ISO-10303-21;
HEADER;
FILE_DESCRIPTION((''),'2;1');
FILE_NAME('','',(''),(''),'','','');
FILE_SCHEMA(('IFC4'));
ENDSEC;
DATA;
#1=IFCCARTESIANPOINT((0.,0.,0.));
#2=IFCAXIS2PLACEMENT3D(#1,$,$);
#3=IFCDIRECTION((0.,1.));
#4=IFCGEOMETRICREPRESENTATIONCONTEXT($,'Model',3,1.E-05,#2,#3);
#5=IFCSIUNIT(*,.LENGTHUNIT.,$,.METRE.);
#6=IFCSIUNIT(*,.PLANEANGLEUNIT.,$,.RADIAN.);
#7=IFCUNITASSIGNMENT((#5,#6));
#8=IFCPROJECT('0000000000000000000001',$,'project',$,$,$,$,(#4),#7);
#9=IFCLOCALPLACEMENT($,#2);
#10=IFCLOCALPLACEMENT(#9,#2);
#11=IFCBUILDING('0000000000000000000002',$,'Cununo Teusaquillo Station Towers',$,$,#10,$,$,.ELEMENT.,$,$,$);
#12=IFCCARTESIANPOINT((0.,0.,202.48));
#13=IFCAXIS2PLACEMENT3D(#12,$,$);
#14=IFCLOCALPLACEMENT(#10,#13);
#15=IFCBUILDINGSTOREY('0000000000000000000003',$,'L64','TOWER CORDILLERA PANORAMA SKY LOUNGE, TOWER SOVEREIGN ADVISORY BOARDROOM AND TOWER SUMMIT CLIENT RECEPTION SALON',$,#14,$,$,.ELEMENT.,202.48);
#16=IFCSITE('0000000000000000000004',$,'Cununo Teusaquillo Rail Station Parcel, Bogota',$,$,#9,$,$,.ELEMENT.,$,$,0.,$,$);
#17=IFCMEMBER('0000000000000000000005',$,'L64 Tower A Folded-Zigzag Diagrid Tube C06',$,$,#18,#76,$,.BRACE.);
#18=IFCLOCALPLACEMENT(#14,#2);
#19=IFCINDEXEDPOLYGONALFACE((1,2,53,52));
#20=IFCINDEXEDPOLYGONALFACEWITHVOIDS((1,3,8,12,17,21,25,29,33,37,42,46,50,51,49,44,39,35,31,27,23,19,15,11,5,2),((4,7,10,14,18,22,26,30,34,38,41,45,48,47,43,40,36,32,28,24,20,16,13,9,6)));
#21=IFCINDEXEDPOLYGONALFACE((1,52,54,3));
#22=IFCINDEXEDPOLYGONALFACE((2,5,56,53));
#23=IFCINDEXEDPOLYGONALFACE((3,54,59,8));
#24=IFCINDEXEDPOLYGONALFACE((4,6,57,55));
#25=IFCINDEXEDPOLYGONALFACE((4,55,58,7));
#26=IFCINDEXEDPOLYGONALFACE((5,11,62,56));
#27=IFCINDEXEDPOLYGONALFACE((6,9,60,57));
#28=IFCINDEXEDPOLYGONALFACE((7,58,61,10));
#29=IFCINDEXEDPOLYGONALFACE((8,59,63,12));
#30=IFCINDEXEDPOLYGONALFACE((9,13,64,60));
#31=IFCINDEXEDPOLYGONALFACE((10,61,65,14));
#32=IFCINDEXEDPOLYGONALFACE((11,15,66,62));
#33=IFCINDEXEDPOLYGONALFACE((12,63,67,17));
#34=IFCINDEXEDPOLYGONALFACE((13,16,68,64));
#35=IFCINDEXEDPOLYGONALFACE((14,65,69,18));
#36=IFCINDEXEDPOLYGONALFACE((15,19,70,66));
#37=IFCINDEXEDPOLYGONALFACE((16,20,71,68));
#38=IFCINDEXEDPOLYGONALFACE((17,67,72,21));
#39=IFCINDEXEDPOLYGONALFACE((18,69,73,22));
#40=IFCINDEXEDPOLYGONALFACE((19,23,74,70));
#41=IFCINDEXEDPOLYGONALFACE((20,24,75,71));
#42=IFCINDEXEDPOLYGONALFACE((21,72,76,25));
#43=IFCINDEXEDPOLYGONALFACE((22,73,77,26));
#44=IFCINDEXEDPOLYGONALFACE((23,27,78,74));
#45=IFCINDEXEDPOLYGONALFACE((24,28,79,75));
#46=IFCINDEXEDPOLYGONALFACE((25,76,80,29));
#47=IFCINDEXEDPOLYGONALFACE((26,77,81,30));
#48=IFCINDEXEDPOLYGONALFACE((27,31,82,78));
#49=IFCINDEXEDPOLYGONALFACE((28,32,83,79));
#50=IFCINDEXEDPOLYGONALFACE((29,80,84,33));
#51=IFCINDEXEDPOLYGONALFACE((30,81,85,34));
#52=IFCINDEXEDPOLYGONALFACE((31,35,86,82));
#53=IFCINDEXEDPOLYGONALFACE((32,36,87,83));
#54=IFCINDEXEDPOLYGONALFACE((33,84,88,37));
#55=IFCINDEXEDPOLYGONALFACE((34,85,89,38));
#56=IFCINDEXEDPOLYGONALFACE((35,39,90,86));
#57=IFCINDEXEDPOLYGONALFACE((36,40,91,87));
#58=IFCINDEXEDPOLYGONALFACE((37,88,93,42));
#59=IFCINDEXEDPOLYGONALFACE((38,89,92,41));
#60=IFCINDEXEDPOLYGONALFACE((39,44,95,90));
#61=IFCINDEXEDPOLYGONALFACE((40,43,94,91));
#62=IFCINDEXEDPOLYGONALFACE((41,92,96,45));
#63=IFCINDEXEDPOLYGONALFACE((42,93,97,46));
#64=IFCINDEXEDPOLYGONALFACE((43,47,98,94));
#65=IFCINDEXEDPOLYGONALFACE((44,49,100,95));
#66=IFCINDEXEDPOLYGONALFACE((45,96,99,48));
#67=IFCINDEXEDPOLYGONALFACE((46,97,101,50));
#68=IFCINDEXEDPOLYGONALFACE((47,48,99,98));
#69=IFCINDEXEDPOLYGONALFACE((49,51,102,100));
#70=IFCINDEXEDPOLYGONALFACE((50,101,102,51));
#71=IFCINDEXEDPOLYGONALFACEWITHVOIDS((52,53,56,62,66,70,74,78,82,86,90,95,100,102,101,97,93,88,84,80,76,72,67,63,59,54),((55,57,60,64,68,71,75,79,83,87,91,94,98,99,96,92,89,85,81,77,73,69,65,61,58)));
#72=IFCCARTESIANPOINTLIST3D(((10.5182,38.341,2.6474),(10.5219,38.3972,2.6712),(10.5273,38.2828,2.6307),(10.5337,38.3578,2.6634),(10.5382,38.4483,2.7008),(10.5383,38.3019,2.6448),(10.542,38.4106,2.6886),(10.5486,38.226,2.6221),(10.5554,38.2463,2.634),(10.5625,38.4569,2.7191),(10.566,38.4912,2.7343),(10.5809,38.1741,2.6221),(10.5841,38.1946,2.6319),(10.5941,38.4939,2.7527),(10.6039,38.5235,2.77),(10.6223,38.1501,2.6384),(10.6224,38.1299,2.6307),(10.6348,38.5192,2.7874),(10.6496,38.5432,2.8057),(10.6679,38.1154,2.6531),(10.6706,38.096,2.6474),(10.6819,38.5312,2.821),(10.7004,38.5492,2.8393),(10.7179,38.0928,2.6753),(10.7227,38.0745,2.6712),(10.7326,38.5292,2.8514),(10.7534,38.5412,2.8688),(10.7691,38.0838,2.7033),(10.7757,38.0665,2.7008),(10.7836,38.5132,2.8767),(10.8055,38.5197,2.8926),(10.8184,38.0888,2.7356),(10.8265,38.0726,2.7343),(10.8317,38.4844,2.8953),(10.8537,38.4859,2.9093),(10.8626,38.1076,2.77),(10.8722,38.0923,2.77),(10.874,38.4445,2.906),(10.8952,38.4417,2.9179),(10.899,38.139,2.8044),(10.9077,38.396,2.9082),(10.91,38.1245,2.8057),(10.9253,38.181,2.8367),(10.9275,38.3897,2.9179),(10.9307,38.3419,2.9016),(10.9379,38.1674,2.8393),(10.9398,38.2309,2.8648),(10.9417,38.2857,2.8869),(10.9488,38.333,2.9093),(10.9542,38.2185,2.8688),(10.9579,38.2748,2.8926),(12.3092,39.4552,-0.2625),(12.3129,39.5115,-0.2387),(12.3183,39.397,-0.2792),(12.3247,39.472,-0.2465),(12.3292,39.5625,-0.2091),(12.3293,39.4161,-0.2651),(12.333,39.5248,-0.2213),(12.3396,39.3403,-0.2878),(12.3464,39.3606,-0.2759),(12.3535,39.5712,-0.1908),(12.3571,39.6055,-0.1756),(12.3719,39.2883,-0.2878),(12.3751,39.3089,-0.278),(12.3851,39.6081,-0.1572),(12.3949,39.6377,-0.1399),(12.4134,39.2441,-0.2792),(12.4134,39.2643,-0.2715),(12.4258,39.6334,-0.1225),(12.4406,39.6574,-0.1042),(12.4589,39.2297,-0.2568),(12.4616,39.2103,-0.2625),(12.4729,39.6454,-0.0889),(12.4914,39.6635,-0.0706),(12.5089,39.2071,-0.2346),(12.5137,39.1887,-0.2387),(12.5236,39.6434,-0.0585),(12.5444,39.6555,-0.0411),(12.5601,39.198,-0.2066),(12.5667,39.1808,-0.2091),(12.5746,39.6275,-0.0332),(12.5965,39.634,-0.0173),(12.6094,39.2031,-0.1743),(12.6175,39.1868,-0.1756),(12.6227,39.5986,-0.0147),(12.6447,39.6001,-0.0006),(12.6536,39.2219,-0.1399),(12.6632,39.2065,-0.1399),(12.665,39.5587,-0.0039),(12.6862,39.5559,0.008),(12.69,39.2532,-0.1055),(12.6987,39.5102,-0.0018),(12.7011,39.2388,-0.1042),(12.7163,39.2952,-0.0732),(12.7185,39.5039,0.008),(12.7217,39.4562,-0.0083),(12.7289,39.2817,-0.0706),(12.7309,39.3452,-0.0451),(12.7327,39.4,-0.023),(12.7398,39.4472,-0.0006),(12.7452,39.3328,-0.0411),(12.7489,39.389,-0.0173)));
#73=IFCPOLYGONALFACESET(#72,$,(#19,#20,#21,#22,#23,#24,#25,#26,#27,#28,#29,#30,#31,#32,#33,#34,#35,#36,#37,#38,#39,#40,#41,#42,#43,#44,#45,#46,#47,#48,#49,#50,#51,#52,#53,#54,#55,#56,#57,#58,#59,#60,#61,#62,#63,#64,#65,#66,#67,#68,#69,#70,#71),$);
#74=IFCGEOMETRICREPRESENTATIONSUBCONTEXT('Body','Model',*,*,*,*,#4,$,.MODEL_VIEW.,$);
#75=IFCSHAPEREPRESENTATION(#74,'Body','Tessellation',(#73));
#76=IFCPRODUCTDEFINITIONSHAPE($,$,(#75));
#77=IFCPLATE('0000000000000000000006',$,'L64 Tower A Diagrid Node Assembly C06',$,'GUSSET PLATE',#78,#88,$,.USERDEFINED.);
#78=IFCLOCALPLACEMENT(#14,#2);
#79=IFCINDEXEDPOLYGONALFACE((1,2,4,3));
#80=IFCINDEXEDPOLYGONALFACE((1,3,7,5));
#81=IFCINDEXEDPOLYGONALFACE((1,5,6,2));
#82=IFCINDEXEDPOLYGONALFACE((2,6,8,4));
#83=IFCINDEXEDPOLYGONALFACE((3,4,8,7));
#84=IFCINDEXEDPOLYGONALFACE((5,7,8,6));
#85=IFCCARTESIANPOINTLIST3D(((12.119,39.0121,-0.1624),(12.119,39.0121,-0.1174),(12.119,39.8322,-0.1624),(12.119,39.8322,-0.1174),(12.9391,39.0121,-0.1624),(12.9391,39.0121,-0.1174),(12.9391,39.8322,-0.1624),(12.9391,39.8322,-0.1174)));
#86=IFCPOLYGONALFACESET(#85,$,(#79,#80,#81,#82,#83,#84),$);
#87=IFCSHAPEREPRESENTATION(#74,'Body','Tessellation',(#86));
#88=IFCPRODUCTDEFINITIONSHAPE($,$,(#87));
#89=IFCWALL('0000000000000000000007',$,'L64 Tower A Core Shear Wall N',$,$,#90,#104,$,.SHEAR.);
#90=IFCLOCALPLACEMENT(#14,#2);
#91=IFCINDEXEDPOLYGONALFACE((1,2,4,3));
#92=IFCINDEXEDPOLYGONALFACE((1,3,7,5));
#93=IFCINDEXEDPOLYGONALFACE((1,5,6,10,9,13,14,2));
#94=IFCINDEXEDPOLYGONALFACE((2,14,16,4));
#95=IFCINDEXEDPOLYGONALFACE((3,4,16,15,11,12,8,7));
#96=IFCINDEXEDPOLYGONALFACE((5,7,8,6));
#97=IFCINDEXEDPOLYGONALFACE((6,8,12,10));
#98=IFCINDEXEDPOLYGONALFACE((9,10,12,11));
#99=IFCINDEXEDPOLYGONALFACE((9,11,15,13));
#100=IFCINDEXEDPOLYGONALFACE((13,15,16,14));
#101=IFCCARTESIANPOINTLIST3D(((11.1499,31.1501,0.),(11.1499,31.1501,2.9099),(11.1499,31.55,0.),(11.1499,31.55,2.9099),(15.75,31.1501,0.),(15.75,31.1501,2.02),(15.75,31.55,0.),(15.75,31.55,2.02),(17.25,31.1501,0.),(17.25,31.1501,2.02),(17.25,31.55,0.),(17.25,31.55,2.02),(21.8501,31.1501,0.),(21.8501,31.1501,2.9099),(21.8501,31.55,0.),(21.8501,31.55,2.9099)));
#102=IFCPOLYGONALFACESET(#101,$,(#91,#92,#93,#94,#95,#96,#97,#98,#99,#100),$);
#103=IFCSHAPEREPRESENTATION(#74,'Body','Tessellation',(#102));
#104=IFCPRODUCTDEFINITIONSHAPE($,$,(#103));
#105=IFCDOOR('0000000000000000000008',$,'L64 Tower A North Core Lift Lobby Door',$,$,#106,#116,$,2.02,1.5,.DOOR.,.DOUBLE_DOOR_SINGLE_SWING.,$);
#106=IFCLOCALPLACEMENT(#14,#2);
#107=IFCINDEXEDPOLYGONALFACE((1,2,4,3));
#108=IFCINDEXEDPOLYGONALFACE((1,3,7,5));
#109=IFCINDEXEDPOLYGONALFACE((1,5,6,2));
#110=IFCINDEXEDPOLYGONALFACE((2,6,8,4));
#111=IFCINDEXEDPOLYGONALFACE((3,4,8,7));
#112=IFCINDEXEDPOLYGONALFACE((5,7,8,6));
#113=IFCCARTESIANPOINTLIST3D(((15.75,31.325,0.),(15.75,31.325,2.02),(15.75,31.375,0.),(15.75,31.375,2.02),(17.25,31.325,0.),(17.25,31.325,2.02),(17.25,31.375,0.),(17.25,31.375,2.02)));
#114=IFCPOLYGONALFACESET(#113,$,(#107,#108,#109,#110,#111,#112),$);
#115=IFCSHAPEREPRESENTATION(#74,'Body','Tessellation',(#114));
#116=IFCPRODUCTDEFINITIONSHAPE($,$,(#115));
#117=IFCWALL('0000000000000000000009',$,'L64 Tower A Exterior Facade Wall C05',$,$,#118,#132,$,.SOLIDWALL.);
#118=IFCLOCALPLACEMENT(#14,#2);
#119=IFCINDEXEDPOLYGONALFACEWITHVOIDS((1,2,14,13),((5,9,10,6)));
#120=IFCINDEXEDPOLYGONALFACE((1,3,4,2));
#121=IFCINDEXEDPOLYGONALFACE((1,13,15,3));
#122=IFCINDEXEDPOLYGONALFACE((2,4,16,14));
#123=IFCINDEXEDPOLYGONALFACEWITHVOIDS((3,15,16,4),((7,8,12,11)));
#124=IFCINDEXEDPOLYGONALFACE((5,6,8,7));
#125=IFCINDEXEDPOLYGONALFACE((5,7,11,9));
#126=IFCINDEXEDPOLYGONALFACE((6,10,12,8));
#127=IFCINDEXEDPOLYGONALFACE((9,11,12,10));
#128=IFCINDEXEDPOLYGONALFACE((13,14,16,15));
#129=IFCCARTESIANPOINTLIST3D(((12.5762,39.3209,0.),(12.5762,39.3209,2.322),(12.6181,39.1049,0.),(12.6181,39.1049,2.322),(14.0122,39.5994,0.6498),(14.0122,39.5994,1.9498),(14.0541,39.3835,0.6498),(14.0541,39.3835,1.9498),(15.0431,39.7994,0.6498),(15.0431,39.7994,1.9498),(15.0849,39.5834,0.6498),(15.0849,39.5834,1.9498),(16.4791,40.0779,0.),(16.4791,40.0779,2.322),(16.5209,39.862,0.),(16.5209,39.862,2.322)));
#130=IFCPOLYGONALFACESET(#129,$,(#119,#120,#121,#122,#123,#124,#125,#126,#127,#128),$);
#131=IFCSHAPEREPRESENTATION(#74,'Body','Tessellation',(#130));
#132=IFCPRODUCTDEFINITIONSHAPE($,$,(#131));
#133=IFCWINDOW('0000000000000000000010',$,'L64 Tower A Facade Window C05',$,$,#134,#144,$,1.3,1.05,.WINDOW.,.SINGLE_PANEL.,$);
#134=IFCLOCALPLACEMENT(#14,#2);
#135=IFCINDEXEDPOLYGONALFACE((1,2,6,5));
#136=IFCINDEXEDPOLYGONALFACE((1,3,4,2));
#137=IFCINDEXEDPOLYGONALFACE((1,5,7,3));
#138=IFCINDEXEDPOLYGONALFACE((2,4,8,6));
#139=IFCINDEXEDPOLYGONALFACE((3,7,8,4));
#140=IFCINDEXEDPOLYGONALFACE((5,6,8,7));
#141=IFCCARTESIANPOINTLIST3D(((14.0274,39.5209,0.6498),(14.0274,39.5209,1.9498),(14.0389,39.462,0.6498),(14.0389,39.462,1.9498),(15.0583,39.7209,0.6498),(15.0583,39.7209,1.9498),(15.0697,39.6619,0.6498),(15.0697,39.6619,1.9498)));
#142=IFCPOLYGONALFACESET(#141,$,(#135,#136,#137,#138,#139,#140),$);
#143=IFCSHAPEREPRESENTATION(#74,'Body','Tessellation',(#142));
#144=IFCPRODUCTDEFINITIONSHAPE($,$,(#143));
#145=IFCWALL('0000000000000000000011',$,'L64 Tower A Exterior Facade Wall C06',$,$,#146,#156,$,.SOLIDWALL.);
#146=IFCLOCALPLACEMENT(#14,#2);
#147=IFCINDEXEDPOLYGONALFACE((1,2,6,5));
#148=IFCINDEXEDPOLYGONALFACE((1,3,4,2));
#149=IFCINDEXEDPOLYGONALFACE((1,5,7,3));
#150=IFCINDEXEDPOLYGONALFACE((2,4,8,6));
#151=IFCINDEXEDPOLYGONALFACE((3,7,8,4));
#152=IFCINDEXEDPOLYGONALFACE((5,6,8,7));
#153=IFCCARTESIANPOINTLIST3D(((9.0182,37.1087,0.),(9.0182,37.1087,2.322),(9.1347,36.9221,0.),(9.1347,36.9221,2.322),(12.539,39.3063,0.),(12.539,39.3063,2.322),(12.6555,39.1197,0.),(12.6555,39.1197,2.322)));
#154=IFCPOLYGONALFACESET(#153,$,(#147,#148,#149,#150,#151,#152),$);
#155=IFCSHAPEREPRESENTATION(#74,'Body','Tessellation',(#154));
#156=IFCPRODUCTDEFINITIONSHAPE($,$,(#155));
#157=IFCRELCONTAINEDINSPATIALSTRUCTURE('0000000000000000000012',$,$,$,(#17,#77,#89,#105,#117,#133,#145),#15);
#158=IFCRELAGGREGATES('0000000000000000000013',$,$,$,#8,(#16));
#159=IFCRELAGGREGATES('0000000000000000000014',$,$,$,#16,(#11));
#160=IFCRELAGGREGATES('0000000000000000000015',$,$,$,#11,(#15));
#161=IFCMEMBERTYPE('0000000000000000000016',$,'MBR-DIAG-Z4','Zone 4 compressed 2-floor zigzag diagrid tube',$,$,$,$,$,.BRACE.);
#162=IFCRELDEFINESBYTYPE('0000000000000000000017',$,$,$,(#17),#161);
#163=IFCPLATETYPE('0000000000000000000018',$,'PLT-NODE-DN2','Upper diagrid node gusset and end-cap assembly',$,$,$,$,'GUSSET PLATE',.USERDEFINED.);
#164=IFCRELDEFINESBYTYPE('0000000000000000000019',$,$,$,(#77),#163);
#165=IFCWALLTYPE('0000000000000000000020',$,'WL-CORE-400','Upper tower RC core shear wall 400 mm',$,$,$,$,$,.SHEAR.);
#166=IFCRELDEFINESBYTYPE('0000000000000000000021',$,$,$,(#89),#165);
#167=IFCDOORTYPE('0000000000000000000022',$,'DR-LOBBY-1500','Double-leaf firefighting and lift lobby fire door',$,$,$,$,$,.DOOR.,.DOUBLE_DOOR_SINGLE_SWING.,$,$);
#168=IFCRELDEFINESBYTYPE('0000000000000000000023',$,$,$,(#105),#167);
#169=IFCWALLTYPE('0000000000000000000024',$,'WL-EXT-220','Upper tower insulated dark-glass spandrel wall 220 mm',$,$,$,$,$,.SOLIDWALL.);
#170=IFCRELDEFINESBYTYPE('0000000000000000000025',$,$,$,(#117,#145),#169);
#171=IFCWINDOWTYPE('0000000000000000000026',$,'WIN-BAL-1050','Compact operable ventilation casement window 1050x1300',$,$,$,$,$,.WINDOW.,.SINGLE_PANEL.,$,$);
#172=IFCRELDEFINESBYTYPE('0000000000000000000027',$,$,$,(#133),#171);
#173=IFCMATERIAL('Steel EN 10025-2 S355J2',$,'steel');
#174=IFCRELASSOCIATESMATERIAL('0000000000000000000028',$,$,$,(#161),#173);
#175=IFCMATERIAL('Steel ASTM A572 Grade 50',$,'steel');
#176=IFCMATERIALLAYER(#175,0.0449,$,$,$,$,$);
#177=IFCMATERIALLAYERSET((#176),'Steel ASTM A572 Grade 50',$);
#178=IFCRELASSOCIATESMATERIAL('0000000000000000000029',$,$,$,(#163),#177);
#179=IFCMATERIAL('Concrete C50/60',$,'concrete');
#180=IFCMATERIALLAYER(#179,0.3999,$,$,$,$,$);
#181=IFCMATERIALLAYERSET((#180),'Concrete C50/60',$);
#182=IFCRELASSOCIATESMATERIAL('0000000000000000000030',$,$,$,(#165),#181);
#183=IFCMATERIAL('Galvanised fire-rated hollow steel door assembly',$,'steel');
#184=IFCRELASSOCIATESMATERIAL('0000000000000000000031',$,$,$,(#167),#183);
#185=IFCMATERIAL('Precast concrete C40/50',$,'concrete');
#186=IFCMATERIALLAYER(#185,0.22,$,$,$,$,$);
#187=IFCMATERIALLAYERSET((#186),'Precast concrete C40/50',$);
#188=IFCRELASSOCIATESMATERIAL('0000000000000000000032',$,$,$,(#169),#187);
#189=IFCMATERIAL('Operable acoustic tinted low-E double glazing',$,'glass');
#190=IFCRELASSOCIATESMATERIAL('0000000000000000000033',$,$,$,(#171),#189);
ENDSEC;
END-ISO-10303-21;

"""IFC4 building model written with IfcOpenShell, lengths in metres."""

from ifc_helpers import new_model, si_unit, direction, frame, frame_2d, origin, origin_2d, place, context, subcontext, project, spatial, rectangle, hollow_circle, extrude, source, transform, mapped, material, layer, layer_set, material_profile, profile_set, type_object, element, fill, save


model = new_model("IFC4")

# Units and contexts
model_context = context("Model", 3, precision=1e-05, world=origin(), true_north=direction((0.0, 1.0)))
body_context = subcontext(model_context, "Body", "Model", "MODEL_VIEW")
ifc_project = project(units=[si_unit("LENGTHUNIT", "METRE"), si_unit("PLANEANGLEUNIT", "RADIAN")], contexts=[model_context])

# Site, building, storey
site_placement = place(None, origin())
site = spatial("IfcSite", under=ifc_project, at=site_placement, Name="Cununo Teusaquillo Rail Station Parcel, Bogota", CompositionType="ELEMENT", RefElevation=0.0)
building_placement = place(site_placement, origin())
building = spatial("IfcBuilding", under=site, at=building_placement, Name="Cununo Teusaquillo Station Towers", CompositionType="ELEMENT")
storey_placement = place(building_placement, frame((0.0, 0.0, 202.48)))
storey = spatial("IfcBuildingStorey", under=building, at=storey_placement, Name="L64", Description="TOWER CORDILLERA PANORAMA SKY LOUNGE, TOWER SOVEREIGN ADVISORY BOARDROOM AND TOWER SUMMIT CLIENT RECEPTION SALON", CompositionType="ELEMENT", Elevation=202.48)

# Member
ifc_material_1 = material(Name="Steel EN 10025-2 S355J2", Category="steel")
ifc_material_profile_1 = material_profile(ifc_material_1, hollow_circle(Radius=0.2539, WallThickness=0.0181, at=origin_2d()), Name="CHS 508x18")
ifc_profile_set_1 = profile_set([ifc_material_profile_1], Name="Steel EN 10025-2 S355J2")
member_type = type_object("IfcMemberType", Name="MBR-DIAG-Z4", Description="Zone 4 compressed 2-floor zigzag diagrid tube", PredefinedType="BRACE", material=ifc_profile_set_1)
member_placement = place(storey_placement, frame((12.5291, 39.4221, -0.1399), z_axis=(-0.498334, -0.310032, 0.809656), x_axis=(0.52825, -0.849089, 0.0)))
element("IfcMember", 1, at=member_placement, inside=storey, type_object=member_type, Name="L64 Tower A Folded-Zigzag Diagrid Tube C06", PredefinedType="BRACE", context=body_context, shape_type="SweptSolid", body=[
    extrude(hollow_circle(Radius=0.2539, WallThickness=0.0181, at=origin_2d()), origin(), (0.0, 0.0, 1.0), 3.594),
])

# Plate
ifc_material_2 = material(Name="Steel ASTM A572 Grade 50", Category="steel")
ifc_layer_1 = layer(ifc_material_2, 0.0449)
ifc_layer_set_1 = layer_set([ifc_layer_1], Name="Steel ASTM A572 Grade 50")
plate_type = type_object("IfcPlateType", Name="PLT-NODE-DN2", Description="Upper diagrid node gusset and end-cap assembly", ElementType="GUSSET PLATE", PredefinedType="USERDEFINED", material=ifc_layer_set_1)
shared_shape_1 = source(origin(), body_context, "Body", "SweptSolid", [
    extrude(rectangle(XDim=0.8201, YDim=0.8201, at=origin_2d()), origin(), (0.0, 0.0, 1.0), 0.0449),
])
plate_placement = place(storey_placement, frame((12.5291, 39.4221, -0.1624), z_axis=(0.0, 0.0, 1.0), x_axis=(1.0, 0.0, 0.0)))
element("IfcPlate", 2, at=plate_placement, inside=storey, type_object=plate_type, Name="L64 Tower A Diagrid Node Assembly C06", ObjectType="GUSSET PLATE", PredefinedType="USERDEFINED", context=body_context, shape_type="MappedRepresentation", body=[
    mapped(shared_shape_1, transform((0.0, 0.0, 0.0), x_axis=(1.0, 0.0, 0.0), y_axis=(0.0, 1.0, 0.0), z_axis=(0.0, 0.0, 1.0), scale=1.0)),
])

# Wall, opening, door
ifc_material_3 = material(Name="Concrete C50/60", Category="concrete")
ifc_layer_2 = layer(ifc_material_3, 0.3999)
ifc_layer_set_2 = layer_set([ifc_layer_2], Name="Concrete C50/60")
wall_type_1 = type_object("IfcWallType", Name="WL-CORE-400", Description="Upper tower RC core shear wall 400 mm", PredefinedType="SHEAR", material=ifc_layer_set_2)
wall_1_placement = place(storey_placement, frame((11.1499, 31.3501, 0.0), z_axis=(0.0, 0.0, 1.0), x_axis=(1.0, 0.0, 0.0)))
wall_1 = element("IfcWall", 3, at=wall_1_placement, inside=storey, type_object=wall_type_1, Name="L64 Tower A Core Shear Wall N", PredefinedType="SHEAR", context=body_context, shape_type="SweptSolid", body=[
    extrude(rectangle(XDim=10.7002, YDim=0.3999, at=frame_2d((5.3501, 0.0))), origin(), (0.0, 0.0, 1.0), 2.9099),
])
shared_shape_2 = source(origin(), body_context, "Body", "SweptSolid", [
    extrude(rectangle(XDim=1.5, YDim=2.02, at=frame_2d((0.75, 1.01))), frame((0.0, 0.21, 0.0), z_axis=(0.0, -1.0, 0.0), x_axis=(1.0, 0.0, 0.0)), (0.0, 0.0, 1.0), 0.4199),
])
opening_1_placement = place(wall_1_placement, frame((4.6001, 0.0, 0.0)))
opening_1 = element("IfcOpeningElement", 4, at=opening_1_placement, cuts=wall_1, PredefinedType="OPENING", context=body_context, shape_type="MappedRepresentation", body=[
    mapped(shared_shape_2, transform((0.0, 0.0, 0.0), x_axis=(1.0, 0.0, 0.0), y_axis=(0.0, 1.0, 0.0), z_axis=(0.0, 0.0, 1.0), scale=1.0)),
])
ifc_material_4 = material(Name="Galvanised fire-rated hollow steel door assembly", Category="steel")
door_type = type_object("IfcDoorType", Name="DR-LOBBY-1500", Description="Double-leaf firefighting and lift lobby fire door", OperationType="DOUBLE_DOOR_SINGLE_SWING", PredefinedType="DOOR", material=ifc_material_4)
shared_shape_3 = source(origin(), body_context, "Body", "SweptSolid", [
    extrude(rectangle(XDim=1.5, YDim=2.02, at=frame_2d((0.75, 1.01))), frame((0.0, 0.0249, 0.0), z_axis=(0.0, -1.0, 0.0), x_axis=(1.0, 0.0, 0.0)), (0.0, 0.0, 1.0), 0.05),
])
door_placement = place(opening_1_placement, origin())
door = element("IfcDoor", 5, at=door_placement, inside=storey, type_object=door_type, Name="L64 Tower A North Core Lift Lobby Door", OperationType="DOUBLE_DOOR_SINGLE_SWING", OverallHeight=2.02, OverallWidth=1.5, PredefinedType="DOOR", context=body_context, shape_type="MappedRepresentation", body=[
    mapped(shared_shape_3, transform((0.0, 0.0, 0.0), x_axis=(1.0, 0.0, 0.0), y_axis=(0.0, 1.0, 0.0), z_axis=(0.0, 0.0, 1.0), scale=1.0)),
])
fill(opening_1, door)

# Wall, opening, window
ifc_material_5 = material(Name="Precast concrete C40/50", Category="concrete")
ifc_layer_3 = layer(ifc_material_5, 0.22)
ifc_layer_set_3 = layer_set([ifc_layer_3], Name="Precast concrete C40/50")
wall_type_2 = type_object("IfcWallType", Name="WL-EXT-220", Description="Upper tower insulated dark-glass spandrel wall 220 mm", PredefinedType="SOLIDWALL", material=ifc_layer_set_3)
wall_2_placement = place(storey_placement, frame((12.5972, 39.2129, 0.0), z_axis=(0.0, 0.0, 1.0), x_axis=(0.9817, 0.190432, 0.0)))
wall_2 = element("IfcWall", 6, at=wall_2_placement, inside=storey, type_object=wall_type_2, Name="L64 Tower A Exterior Facade Wall C05", PredefinedType="SOLIDWALL", context=body_context, shape_type="SweptSolid", body=[
    extrude(rectangle(XDim=3.9756, YDim=0.22, at=frame_2d((1.9878, 0.0))), origin(), (0.0, 0.0, 1.0), 2.322),
])
shared_shape_4 = source(origin(), body_context, "Body", "SweptSolid", [
    extrude(rectangle(XDim=1.05, YDim=1.3, at=frame_2d((0.5249, 0.6499))), frame((0.0, 0.1199, 0.0), z_axis=(0.0, -1.0, 0.0), x_axis=(1.0, 0.0, 0.0)), (0.0, 0.0, 1.0), 0.24),
])
opening_2_placement = place(wall_2_placement, frame((1.4629, 0.0, 0.6499)))
opening_2 = element("IfcOpeningElement", 7, at=opening_2_placement, cuts=wall_2, PredefinedType="OPENING", context=body_context, shape_type="MappedRepresentation", body=[
    mapped(shared_shape_4, transform((0.0, 0.0, 0.0), x_axis=(1.0, 0.0, 0.0), y_axis=(0.0, 1.0, 0.0), z_axis=(0.0, 0.0, 1.0), scale=1.0)),
])
ifc_material_6 = material(Name="Operable acoustic tinted low-E double glazing", Category="glass")
window_type = type_object("IfcWindowType", Name="WIN-BAL-1050", Description="Compact operable ventilation casement window 1050x1300", PartitioningType="SINGLE_PANEL", PredefinedType="WINDOW", material=ifc_material_6)
shared_shape_5 = source(origin(), body_context, "Body", "SweptSolid", [
    extrude(rectangle(XDim=1.05, YDim=1.3, at=frame_2d((0.5249, 0.6499))), frame((0.0, 0.03, 0.0), z_axis=(0.0, -1.0, 0.0), x_axis=(1.0, 0.0, 0.0)), (0.0, 0.0, 1.0), 0.0601),
])
window_1_placement = place(opening_2_placement, origin())
window_1 = element("IfcWindow", 8, at=window_1_placement, inside=storey, type_object=window_type, Name="L64 Tower A Facade Window C05", OverallHeight=1.3, OverallWidth=1.05, PartitioningType="SINGLE_PANEL", PredefinedType="WINDOW", context=body_context, shape_type="MappedRepresentation", body=[
    mapped(shared_shape_5, transform((0.0, 0.0, 0.0), x_axis=(1.0, 0.0, 0.0), y_axis=(0.0, 1.0, 0.0), z_axis=(0.0, 0.0, 1.0), scale=1.0)),
])
fill(opening_2, window_1)

# Wall
wall_3_placement = place(storey_placement, frame((9.0764, 37.0154, 0.0), z_axis=(0.0, 0.0, 1.0), x_axis=(0.848319, 0.529486, 0.0)))
element("IfcWall", 9, at=wall_3_placement, inside=storey, type_object=wall_type_2, Name="L64 Tower A Exterior Facade Wall C06", PredefinedType="SOLIDWALL", context=body_context, shape_type="SweptSolid", body=[
    extrude(rectangle(XDim=4.1504, YDim=0.22, at=frame_2d((2.0752, 0.0))), origin(), (0.0, 0.0, 1.0), 2.322),
])

save(model, "model.ifc")
